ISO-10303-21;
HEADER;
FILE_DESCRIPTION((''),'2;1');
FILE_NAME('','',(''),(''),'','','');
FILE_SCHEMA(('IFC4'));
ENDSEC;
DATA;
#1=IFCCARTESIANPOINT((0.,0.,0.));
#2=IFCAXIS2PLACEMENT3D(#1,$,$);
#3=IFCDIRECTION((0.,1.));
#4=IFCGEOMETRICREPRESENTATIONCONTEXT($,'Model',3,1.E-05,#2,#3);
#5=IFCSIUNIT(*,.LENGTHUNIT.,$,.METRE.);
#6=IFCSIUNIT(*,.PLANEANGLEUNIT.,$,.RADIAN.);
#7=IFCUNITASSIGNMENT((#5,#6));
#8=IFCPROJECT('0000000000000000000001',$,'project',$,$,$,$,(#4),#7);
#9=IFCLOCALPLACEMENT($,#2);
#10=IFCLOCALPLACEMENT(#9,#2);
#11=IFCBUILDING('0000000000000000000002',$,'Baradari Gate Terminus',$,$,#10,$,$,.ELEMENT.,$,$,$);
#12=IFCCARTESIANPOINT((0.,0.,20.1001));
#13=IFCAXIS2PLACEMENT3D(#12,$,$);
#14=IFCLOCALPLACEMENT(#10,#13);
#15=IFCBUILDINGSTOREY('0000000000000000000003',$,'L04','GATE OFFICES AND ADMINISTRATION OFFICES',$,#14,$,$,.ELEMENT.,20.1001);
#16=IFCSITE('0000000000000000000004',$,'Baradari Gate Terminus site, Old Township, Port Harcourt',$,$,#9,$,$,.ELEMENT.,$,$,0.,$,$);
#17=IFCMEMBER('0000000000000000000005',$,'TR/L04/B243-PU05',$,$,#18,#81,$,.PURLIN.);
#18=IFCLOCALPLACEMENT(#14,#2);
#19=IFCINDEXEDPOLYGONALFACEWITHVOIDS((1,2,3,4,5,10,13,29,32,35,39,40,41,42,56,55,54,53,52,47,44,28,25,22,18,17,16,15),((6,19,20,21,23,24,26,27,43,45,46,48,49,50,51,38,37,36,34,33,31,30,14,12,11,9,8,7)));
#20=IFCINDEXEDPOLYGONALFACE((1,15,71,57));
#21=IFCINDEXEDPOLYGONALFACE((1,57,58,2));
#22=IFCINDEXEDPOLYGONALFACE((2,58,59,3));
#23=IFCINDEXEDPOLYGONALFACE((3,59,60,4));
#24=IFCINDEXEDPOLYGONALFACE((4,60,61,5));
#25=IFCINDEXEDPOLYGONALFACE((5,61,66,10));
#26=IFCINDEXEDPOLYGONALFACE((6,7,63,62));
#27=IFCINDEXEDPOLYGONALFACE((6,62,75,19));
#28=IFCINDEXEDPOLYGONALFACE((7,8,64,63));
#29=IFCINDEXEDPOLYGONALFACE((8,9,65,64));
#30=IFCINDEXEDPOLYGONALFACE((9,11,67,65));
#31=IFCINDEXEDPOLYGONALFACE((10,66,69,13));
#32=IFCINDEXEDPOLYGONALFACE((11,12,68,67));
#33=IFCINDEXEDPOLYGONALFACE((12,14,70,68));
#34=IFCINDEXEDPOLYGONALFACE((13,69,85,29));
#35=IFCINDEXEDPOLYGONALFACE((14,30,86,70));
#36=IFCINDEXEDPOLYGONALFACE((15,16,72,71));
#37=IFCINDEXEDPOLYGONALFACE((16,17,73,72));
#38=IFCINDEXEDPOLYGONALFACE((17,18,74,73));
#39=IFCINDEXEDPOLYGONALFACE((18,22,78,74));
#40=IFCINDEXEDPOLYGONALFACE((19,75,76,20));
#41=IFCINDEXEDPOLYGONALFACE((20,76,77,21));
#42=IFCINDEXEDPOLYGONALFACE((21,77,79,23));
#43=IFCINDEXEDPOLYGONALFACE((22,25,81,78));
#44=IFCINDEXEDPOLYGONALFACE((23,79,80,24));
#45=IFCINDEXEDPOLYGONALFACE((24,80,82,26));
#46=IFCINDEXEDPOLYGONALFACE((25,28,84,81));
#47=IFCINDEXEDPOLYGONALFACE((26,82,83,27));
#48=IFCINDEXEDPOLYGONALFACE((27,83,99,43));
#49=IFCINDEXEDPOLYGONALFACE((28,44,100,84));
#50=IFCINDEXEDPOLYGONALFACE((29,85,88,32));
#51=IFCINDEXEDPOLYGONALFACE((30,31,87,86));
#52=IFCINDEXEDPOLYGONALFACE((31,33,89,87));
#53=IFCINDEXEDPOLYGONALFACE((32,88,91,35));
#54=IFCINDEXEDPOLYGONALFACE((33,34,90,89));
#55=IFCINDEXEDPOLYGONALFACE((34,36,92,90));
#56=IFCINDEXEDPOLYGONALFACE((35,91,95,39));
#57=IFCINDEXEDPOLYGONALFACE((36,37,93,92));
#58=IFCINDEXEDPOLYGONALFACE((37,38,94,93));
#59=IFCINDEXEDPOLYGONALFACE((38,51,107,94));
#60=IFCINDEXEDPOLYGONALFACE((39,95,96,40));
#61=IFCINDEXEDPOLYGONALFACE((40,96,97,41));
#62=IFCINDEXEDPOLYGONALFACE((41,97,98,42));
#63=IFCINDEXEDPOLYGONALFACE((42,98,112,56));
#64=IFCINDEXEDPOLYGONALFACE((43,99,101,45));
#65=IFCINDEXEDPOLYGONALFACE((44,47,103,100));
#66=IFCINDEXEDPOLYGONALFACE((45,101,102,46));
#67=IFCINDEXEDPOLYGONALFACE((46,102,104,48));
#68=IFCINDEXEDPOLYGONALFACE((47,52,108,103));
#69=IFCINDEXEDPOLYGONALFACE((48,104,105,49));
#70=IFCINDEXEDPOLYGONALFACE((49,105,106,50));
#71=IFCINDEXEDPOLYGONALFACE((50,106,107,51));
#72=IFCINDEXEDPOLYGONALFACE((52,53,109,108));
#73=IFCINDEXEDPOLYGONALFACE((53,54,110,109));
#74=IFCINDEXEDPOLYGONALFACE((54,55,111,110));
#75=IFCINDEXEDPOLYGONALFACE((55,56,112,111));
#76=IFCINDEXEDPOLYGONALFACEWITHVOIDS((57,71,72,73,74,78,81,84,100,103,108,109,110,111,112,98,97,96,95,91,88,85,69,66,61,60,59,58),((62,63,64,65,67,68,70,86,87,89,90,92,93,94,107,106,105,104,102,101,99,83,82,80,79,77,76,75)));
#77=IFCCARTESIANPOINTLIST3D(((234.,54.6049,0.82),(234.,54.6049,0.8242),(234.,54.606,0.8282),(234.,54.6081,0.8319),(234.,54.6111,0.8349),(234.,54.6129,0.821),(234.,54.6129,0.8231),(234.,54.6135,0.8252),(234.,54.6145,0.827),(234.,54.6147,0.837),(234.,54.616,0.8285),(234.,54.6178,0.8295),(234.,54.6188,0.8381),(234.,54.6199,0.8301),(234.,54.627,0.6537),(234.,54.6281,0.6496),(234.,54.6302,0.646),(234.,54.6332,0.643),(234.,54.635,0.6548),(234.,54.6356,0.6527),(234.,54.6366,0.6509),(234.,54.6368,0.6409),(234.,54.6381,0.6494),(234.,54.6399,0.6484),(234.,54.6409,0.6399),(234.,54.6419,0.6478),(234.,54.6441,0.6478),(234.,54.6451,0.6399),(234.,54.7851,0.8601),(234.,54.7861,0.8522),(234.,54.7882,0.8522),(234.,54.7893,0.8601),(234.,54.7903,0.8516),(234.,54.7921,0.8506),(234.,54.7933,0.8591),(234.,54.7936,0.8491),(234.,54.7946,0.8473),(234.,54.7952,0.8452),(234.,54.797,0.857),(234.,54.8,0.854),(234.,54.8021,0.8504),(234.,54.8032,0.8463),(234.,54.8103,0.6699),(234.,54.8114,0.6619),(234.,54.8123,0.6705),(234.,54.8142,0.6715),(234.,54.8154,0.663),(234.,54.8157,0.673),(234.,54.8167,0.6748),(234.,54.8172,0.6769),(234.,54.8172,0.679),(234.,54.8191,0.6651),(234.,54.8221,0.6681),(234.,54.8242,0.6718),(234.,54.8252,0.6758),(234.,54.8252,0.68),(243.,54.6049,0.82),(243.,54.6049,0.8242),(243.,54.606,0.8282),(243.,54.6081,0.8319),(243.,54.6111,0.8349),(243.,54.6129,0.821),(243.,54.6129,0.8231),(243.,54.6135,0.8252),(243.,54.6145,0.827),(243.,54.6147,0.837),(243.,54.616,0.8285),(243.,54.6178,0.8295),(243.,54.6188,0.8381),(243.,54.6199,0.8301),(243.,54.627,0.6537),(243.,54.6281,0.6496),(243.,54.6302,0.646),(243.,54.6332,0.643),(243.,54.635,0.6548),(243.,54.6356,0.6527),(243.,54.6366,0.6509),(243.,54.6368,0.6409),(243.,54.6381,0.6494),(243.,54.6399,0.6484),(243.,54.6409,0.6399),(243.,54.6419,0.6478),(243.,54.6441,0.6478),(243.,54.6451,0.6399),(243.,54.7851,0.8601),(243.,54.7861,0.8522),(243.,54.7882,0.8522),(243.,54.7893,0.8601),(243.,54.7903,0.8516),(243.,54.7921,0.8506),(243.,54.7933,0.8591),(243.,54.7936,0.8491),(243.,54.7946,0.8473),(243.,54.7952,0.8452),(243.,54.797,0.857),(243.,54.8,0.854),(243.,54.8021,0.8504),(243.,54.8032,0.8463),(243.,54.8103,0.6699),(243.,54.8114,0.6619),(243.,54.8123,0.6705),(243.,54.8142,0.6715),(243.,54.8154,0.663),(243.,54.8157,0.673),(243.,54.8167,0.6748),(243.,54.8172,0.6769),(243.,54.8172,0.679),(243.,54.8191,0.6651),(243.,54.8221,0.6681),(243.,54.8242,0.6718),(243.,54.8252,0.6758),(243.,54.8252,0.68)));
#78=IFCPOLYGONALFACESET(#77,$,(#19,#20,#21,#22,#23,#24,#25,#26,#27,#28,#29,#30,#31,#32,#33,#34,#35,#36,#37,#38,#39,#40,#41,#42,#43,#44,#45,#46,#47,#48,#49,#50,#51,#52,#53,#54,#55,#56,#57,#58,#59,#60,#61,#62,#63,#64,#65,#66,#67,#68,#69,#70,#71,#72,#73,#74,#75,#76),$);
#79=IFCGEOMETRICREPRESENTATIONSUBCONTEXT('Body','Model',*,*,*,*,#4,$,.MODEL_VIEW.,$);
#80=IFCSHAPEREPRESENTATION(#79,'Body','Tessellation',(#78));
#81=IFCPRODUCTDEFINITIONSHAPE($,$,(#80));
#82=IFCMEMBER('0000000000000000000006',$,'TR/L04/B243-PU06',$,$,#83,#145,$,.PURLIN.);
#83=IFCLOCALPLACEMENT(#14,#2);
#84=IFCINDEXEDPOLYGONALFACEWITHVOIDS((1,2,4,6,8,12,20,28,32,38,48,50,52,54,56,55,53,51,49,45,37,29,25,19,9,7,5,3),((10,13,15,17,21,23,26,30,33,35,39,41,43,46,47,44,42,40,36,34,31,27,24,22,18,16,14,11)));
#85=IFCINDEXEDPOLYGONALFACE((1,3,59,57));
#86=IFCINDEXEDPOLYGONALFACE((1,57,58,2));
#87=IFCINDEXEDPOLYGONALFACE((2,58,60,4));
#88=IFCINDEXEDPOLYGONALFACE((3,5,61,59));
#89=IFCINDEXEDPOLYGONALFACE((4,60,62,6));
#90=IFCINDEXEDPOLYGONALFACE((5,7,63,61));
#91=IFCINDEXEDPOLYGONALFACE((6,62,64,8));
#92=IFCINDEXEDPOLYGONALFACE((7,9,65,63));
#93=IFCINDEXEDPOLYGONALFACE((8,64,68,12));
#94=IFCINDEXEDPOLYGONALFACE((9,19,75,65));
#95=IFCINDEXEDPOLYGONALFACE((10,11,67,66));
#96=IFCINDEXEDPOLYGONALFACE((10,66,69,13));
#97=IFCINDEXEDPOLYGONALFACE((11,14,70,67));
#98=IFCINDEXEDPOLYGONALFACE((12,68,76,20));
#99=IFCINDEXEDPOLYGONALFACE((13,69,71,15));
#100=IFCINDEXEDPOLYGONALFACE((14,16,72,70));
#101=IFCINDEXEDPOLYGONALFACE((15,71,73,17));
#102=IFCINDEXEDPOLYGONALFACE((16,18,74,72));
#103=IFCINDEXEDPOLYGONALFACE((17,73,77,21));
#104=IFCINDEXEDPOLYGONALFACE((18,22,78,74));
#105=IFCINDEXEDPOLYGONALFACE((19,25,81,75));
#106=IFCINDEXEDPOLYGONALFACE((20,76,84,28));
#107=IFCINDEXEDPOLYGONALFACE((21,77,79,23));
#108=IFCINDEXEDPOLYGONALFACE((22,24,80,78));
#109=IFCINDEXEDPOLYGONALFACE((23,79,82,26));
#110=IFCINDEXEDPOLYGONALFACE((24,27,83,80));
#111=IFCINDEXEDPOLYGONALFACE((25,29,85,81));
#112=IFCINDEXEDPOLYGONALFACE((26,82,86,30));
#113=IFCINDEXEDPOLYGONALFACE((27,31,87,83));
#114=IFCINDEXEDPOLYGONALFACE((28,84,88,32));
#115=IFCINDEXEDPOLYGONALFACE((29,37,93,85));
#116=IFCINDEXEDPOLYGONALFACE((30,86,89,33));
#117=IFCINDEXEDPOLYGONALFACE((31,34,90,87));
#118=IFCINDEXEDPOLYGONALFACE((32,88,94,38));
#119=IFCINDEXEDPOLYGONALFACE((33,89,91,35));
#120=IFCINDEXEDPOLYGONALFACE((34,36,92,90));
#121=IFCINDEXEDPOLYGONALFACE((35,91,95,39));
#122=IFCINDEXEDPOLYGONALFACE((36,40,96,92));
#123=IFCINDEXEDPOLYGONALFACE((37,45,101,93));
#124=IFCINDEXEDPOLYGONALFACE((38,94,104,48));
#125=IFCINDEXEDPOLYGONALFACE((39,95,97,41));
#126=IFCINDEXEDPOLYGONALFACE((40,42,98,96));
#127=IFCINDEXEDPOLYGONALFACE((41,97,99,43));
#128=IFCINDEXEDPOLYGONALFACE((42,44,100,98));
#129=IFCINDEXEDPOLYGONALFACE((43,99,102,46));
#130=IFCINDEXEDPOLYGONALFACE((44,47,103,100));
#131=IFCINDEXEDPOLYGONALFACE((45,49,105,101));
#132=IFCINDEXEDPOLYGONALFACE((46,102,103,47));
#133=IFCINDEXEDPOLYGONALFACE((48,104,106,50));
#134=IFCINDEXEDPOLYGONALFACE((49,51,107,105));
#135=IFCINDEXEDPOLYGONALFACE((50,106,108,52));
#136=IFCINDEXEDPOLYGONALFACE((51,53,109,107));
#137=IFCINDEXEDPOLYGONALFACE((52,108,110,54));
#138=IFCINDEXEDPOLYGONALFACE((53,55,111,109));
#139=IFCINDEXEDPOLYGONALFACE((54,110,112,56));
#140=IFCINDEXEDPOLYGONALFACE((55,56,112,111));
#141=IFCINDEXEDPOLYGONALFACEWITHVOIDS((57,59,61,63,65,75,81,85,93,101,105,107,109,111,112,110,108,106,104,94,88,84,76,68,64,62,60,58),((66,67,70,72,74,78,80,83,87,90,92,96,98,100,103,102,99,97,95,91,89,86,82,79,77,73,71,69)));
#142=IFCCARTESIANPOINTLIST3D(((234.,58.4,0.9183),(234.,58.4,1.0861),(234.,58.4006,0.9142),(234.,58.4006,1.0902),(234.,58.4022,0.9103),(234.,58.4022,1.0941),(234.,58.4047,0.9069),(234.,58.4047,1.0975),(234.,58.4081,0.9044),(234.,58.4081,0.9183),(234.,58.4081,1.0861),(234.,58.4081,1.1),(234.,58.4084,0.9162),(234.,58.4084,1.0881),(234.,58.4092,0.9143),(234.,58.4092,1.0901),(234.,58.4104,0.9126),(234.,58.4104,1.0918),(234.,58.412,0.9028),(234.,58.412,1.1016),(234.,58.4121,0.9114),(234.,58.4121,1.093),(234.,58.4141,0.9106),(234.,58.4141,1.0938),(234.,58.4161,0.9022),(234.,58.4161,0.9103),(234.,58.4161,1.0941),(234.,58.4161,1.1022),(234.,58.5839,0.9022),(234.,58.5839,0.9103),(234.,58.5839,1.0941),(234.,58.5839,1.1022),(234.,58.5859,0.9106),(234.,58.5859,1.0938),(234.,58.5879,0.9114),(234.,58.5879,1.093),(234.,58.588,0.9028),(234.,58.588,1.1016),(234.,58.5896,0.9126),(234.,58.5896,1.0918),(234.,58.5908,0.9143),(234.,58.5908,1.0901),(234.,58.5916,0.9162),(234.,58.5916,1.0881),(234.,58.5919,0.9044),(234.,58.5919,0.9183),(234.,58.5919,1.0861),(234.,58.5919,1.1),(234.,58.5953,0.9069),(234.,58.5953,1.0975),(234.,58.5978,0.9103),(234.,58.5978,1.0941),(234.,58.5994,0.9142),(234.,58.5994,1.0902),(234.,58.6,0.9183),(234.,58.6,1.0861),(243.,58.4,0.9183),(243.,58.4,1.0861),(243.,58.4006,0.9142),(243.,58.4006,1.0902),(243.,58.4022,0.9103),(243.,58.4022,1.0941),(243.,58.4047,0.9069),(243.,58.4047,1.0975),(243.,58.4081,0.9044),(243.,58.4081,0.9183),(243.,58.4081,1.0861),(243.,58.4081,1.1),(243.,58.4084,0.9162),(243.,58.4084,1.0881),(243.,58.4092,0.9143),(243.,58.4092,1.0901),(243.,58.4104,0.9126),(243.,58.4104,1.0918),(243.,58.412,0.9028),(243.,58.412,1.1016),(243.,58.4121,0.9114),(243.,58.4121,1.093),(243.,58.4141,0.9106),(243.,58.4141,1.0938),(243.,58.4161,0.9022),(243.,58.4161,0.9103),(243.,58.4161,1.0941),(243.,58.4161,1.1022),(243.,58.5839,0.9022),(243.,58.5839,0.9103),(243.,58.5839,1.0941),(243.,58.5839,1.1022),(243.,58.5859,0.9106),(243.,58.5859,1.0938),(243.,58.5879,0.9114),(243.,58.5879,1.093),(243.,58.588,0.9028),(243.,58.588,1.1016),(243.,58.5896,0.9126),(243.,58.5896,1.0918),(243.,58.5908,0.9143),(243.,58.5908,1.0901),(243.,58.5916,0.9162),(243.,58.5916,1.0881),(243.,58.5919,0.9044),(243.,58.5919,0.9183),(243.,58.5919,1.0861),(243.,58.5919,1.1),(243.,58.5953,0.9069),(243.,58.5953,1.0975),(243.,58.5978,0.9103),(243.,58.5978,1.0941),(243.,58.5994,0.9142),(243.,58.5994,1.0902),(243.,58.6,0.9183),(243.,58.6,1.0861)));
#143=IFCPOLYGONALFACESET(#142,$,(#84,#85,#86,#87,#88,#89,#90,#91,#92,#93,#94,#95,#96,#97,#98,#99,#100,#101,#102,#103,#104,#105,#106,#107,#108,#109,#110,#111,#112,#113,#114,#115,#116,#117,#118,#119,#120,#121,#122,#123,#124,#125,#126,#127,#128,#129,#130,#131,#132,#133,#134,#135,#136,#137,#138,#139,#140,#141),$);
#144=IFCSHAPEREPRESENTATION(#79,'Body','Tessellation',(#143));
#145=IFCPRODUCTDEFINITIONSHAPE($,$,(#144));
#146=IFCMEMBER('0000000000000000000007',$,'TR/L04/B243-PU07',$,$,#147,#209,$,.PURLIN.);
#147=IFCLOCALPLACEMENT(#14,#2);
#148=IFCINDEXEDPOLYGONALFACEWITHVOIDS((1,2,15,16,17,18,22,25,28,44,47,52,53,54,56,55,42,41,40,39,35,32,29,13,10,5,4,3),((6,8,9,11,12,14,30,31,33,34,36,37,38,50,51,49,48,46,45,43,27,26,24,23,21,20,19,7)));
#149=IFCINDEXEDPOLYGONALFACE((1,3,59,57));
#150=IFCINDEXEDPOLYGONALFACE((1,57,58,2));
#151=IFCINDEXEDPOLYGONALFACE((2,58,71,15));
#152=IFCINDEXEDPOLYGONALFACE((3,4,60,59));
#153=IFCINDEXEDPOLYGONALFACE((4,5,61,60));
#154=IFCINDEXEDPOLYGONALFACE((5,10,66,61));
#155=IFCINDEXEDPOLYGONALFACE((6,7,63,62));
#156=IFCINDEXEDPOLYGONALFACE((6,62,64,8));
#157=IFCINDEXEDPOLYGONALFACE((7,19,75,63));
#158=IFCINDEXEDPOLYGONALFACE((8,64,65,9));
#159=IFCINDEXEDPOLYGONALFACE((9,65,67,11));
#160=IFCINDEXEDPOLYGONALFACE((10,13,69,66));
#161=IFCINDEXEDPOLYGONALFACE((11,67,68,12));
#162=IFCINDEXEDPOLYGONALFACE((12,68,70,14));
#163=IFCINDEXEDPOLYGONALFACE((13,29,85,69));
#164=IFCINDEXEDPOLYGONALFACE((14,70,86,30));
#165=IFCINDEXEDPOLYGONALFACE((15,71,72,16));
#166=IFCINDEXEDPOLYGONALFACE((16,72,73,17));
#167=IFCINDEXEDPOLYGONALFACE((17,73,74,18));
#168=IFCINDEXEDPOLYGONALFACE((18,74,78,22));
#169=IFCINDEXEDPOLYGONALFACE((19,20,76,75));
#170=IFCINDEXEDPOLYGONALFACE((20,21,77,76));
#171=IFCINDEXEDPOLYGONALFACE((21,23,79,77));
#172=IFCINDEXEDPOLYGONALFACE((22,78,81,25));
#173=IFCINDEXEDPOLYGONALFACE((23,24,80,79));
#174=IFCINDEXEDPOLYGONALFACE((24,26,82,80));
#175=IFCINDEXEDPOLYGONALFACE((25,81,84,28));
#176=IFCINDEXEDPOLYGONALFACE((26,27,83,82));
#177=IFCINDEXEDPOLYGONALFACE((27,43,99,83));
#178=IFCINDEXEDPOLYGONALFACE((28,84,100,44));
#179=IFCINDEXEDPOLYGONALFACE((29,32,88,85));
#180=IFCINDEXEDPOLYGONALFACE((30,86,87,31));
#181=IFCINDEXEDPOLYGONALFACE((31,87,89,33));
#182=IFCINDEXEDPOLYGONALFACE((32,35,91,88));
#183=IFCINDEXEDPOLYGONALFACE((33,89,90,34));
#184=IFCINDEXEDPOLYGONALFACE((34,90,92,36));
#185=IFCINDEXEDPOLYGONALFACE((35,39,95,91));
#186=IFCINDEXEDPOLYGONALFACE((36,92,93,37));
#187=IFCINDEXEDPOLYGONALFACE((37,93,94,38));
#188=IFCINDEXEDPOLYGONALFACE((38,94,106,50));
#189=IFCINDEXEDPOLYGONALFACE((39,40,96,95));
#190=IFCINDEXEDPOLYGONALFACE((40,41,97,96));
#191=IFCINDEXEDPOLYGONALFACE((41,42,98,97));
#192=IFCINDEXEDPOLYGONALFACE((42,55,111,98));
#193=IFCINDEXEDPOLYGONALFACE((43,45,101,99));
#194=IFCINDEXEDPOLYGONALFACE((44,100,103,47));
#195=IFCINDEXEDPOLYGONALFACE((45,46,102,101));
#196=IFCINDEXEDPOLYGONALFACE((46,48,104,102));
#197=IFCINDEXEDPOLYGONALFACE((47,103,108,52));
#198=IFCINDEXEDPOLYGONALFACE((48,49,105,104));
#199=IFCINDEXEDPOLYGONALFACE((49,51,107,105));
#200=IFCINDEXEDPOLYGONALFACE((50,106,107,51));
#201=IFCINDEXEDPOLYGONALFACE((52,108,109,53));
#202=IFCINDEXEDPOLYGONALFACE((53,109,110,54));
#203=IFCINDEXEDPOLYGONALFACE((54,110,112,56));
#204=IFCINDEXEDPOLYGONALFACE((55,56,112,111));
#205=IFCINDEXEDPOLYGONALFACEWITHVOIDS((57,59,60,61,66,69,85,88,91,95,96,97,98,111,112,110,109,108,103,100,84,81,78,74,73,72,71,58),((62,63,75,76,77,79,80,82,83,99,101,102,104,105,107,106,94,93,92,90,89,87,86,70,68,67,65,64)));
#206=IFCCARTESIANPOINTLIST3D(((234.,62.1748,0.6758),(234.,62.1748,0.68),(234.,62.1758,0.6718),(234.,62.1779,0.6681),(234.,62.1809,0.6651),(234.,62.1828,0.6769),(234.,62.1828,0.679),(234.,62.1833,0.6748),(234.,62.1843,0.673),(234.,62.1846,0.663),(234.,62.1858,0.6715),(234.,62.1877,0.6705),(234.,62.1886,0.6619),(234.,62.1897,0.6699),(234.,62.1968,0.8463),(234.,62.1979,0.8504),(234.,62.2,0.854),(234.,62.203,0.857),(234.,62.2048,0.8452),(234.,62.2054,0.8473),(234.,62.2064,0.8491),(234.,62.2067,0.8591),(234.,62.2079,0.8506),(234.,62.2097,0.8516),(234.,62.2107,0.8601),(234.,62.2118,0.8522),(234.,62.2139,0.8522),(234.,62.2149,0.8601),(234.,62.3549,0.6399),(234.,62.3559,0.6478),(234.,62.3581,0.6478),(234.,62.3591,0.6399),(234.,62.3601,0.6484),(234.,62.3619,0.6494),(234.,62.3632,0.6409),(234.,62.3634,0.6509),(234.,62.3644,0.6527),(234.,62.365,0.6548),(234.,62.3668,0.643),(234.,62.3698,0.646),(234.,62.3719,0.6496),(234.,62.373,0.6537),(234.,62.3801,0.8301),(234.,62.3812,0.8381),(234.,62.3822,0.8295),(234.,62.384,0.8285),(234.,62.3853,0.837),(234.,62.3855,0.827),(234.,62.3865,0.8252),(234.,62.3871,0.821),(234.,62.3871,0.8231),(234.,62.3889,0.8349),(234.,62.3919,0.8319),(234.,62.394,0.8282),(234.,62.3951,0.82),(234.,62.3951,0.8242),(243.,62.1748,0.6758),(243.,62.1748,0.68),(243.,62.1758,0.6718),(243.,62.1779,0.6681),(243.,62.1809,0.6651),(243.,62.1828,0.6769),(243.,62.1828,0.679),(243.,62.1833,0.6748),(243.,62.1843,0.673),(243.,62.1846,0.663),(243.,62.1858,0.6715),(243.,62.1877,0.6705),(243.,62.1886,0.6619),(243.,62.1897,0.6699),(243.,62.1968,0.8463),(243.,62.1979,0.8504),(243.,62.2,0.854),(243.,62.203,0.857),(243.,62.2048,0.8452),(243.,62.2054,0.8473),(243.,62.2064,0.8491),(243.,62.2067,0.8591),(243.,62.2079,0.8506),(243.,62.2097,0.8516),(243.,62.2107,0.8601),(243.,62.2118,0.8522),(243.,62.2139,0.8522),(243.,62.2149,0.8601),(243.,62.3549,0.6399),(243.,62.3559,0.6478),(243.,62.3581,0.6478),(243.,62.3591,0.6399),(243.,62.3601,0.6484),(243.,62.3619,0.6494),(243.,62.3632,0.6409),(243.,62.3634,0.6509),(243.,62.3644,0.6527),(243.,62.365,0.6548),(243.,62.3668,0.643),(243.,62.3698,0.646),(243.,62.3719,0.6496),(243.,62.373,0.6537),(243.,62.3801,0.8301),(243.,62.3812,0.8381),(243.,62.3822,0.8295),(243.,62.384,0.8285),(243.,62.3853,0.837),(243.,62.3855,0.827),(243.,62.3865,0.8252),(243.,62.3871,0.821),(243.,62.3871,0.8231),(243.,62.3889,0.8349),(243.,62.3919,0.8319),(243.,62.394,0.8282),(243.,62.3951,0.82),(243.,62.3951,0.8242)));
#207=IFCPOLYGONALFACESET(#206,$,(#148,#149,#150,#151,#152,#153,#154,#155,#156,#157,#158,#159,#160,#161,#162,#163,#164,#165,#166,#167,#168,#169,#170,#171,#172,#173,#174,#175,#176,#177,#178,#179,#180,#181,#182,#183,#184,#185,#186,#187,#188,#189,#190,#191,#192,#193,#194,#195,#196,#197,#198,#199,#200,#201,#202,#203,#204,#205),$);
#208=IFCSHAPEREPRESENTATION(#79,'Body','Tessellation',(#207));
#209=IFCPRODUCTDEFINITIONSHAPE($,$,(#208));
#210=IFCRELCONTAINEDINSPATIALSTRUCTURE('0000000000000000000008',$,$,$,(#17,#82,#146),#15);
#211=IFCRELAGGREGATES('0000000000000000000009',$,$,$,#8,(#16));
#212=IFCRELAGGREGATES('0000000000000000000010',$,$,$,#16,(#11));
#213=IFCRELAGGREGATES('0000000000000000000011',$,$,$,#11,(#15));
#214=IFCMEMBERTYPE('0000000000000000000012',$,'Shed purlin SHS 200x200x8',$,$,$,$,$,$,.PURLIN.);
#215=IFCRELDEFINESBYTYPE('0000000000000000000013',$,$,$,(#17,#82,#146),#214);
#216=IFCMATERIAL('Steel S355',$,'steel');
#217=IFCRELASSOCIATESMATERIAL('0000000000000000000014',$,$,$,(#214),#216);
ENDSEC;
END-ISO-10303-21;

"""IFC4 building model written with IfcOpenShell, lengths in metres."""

from ifc_helpers import new_model, si_unit, direction, frame, origin, origin_2d, place, context, subcontext, project, spatial, hollow_rectangle, extrude, material, material_profile, profile_set, type_object, element, save


model = new_model("IFC4")

# Units and contexts
model_context = context("Model", 3, precision=1e-05, world=origin(), true_north=direction((0.0, 1.0)))
body_context = subcontext(model_context, "Body", "Model", "MODEL_VIEW")
ifc_project = project(units=[si_unit("LENGTHUNIT", "METRE"), si_unit("PLANEANGLEUNIT", "RADIAN")], contexts=[model_context])

# Site, building, storey
site_placement = place(None, origin())
site = spatial("IfcSite", under=ifc_project, at=site_placement, Name="Baradari Gate Terminus site, Old Township, Port Harcourt", CompositionType="ELEMENT", RefElevation=0.0)
building_placement = place(site_placement, origin())
building = spatial("IfcBuilding", under=site, at=building_placement, Name="Baradari Gate Terminus", CompositionType="ELEMENT")
storey_placement = place(building_placement, frame((0.0, 0.0, 20.1001)))
storey = spatial("IfcBuildingStorey", under=building, at=storey_placement, Name="L04", Description="GATE OFFICES AND ADMINISTRATION OFFICES", CompositionType="ELEMENT", Elevation=20.1001)

# Members
ifc_material_1 = material(Name="Steel S355", Category="steel")
ifc_material_profile_1 = material_profile(ifc_material_1, hollow_rectangle(XDim=0.2, YDim=0.2, WallThickness=0.0081, InnerFilletRadius=0.0081, OuterFilletRadius=0.0161, at=origin_2d()), Name="SHS 200x200x8")
ifc_profile_set_1 = profile_set([ifc_material_profile_1], Name="Steel S355")
member_type_1 = type_object("IfcMemberType", Name="Shed purlin SHS 200x200x8", PredefinedType="PURLIN", material=ifc_profile_set_1)
for number, where, z_axis, x_axis, name in (
    (1, (234.0, 54.7151, 0.75), (1.0, 0.0, 0.0), (0.0, 0.991303, 0.131599), "TR/L04/B243-PU05"),
    (2, (234.0, 58.5, 1.0022), (1.0, 0.0, 0.0), (0.0, 1.0, 0.0), "TR/L04/B243-PU06"),
    (3, (234.0, 62.2849, 0.75), (1.0, 0.0, 0.0), (0.0, 0.991303, -0.131599), "TR/L04/B243-PU07"),
):
    element("IfcMember", number, at=place(storey_placement, frame(where, z_axis=z_axis, x_axis=x_axis)), inside=storey, type_object=member_type_1, Name=name, PredefinedType="PURLIN", context=body_context, shape_type="SweptSolid", body=[
        extrude(hollow_rectangle(XDim=0.2, YDim=0.2, WallThickness=0.0081, InnerFilletRadius=0.0081, OuterFilletRadius=0.0161, at=origin_2d()), origin(), (0.0, 0.0, 1.0), 9.0),
    ])

save(model, "model.ifc")
